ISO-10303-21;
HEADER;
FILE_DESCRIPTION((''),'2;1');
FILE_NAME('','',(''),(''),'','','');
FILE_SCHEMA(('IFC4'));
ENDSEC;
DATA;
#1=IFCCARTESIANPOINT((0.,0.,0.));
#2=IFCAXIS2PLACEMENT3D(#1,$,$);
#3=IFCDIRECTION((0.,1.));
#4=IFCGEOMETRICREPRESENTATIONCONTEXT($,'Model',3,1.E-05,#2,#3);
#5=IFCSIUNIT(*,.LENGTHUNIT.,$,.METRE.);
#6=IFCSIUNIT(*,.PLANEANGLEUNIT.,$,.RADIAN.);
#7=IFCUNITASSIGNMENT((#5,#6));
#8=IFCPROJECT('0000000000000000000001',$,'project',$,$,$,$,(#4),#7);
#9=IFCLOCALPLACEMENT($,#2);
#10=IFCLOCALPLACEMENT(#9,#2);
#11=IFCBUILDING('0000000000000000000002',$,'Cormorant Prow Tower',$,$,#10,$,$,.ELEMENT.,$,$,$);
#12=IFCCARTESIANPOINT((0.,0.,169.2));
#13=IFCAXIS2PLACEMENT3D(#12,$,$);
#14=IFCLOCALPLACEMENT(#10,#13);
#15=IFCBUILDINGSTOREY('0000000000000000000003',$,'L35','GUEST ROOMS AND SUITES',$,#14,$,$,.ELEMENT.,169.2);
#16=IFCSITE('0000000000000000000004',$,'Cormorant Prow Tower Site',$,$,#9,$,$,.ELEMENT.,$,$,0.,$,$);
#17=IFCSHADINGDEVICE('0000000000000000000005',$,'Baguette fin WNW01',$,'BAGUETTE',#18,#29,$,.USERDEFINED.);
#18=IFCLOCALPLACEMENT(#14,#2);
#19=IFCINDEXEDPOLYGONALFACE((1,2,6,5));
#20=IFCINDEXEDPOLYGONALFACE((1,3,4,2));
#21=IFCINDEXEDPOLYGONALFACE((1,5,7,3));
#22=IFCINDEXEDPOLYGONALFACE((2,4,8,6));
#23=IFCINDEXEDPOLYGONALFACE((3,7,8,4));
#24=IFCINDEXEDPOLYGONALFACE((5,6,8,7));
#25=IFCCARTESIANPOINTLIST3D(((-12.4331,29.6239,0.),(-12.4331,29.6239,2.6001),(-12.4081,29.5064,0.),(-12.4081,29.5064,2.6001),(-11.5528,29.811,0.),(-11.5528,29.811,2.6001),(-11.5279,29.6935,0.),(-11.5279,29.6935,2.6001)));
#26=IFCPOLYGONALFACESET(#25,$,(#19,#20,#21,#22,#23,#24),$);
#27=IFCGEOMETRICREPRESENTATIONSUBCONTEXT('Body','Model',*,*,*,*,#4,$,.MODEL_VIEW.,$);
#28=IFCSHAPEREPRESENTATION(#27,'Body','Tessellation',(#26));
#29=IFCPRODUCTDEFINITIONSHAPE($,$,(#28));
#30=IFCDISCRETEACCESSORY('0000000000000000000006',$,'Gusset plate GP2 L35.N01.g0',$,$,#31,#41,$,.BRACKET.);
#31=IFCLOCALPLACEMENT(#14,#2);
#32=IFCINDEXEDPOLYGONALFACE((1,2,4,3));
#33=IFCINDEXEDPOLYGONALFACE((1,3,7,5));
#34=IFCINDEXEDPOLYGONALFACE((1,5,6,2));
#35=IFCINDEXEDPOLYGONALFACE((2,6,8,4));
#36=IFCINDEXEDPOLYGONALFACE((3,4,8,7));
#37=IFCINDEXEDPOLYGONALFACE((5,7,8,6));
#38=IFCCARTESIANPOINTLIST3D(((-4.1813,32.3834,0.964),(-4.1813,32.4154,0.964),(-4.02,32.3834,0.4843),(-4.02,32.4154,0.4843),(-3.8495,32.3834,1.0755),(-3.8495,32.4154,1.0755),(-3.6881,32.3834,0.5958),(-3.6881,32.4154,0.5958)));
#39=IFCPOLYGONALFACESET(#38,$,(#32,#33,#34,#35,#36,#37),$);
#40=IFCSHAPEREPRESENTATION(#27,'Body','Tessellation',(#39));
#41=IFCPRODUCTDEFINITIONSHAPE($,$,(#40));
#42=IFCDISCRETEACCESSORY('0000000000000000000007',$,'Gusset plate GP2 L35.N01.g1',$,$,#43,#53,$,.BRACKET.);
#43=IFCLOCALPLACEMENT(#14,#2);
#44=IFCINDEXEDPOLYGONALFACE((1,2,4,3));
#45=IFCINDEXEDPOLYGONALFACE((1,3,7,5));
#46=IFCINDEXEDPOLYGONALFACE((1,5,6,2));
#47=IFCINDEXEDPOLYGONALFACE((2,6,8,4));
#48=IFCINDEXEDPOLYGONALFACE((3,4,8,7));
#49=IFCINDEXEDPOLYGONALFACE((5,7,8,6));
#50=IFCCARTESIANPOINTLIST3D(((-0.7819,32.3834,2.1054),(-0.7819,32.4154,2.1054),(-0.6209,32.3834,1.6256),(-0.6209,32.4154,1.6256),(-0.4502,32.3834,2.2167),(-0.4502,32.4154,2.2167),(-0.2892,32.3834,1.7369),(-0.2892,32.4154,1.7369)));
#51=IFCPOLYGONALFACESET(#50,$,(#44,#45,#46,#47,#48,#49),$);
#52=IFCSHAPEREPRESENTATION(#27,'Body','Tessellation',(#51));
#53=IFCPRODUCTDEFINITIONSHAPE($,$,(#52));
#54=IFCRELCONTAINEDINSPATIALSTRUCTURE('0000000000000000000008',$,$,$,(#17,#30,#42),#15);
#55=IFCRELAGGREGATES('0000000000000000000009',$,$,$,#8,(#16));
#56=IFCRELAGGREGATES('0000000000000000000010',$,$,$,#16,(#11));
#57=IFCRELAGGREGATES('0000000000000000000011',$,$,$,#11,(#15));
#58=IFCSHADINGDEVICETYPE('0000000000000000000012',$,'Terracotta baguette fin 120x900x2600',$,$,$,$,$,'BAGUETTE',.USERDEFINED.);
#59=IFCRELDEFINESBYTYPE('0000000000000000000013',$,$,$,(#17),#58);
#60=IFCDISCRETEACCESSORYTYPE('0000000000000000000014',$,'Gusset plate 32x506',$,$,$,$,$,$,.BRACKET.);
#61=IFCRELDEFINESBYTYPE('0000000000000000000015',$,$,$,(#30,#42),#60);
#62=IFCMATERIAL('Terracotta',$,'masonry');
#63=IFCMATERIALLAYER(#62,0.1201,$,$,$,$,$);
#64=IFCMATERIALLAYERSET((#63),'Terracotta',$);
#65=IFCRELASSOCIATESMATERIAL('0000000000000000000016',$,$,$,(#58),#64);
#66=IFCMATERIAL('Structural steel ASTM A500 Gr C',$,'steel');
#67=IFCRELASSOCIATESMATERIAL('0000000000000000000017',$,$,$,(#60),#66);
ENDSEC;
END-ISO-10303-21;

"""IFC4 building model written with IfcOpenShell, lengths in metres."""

from ifc_helpers import new_model, si_unit, direction, frame, origin, origin_2d, place, context, subcontext, project, spatial, rectangle, extrude, material, layer, layer_set, material_profile, profile_set, type_object, element, save


model = new_model("IFC4")

# Units and contexts
model_context = context("Model", 3, precision=1e-05, world=origin(), true_north=direction((0.0, 1.0)))
body_context = subcontext(model_context, "Body", "Model", "MODEL_VIEW")
ifc_project = project(units=[si_unit("LENGTHUNIT", "METRE"), si_unit("PLANEANGLEUNIT", "RADIAN")], contexts=[model_context])

# Site, building, storey
site_placement = place(None, origin())
site = spatial("IfcSite", under=ifc_project, at=site_placement, Name="Cormorant Prow Tower Site", CompositionType="ELEMENT", RefElevation=0.0)
building_placement = place(site_placement, origin())
building = spatial("IfcBuilding", under=site, at=building_placement, Name="Cormorant Prow Tower", CompositionType="ELEMENT")
storey_placement = place(building_placement, frame((0.0, 0.0, 169.2)))
storey = spatial("IfcBuildingStorey", under=building, at=storey_placement, Name="L35", Description="GUEST ROOMS AND SUITES", CompositionType="ELEMENT", Elevation=169.2)

# Shading device
ifc_material_1 = material(Name="Terracotta", Category="masonry")
ifc_layer_1 = layer(ifc_material_1, 0.1201)
ifc_layer_set_1 = layer_set([ifc_layer_1], Name="Terracotta")
shading_device_type = type_object("IfcShadingDeviceType", Name="Terracotta baguette fin 120x900x2600", ElementType="BAGUETTE", PredefinedType="USERDEFINED", material=ifc_layer_set_1)
shading_device_placement = place(storey_placement, frame((-11.9805, 29.6587, 0.0), z_axis=(0.0, 0.0, 1.0), x_axis=(0.207912, -0.978148, 0.0)))
element("IfcShadingDevice", 1, at=shading_device_placement, inside=storey, type_object=shading_device_type, Name="Baguette fin WNW01", ObjectType="BAGUETTE", PredefinedType="USERDEFINED", context=body_context, shape_type="SweptSolid", body=[
    extrude(rectangle(XDim=0.1201, YDim=0.8999, at=origin_2d()), origin(), (0.0, 0.0, 1.0), 2.6001),
])

# Discrete accessories
ifc_material_2 = material(Name="Structural steel ASTM A500 Gr C", Category="steel")
ifc_material_profile_1 = material_profile(ifc_material_2, rectangle(XDim=0.032, YDim=0.5061, at=origin_2d()), Name="Gusset plate 32x506")
ifc_profile_set_1 = profile_set([ifc_material_profile_1], Name="Structural steel ASTM A500 Gr C")
discrete_accessory_type = type_object("IfcDiscreteAccessoryType", Name="Gusset plate 32x506", PredefinedType="BRACKET", material=ifc_profile_set_1)
discrete_accessory_1_placement = place(storey_placement, frame((-3.7688, 32.3994, 0.8357), z_axis=(-0.947843, 0.0, -0.318738), x_axis=(0.0, -1.0, 0.0)))
element("IfcDiscreteAccessory", 2, at=discrete_accessory_1_placement, inside=storey, type_object=discrete_accessory_type, Name="Gusset plate GP2 L35.N01.g0", PredefinedType="BRACKET", context=body_context, shape_type="SweptSolid", body=[
    extrude(rectangle(XDim=0.032, YDim=0.5061, at=origin_2d()), origin(), (0.0, 0.0, 1.0), 0.3501),
])
discrete_accessory_2_placement = place(storey_placement, frame((-0.7014, 32.3994, 1.8655), z_axis=(0.948054, 0.0, 0.318111), x_axis=(0.0, 1.0, 0.0)))
element("IfcDiscreteAccessory", 3, at=discrete_accessory_2_placement, inside=storey, type_object=discrete_accessory_type, Name="Gusset plate GP2 L35.N01.g1", PredefinedType="BRACKET", context=body_context, shape_type="SweptSolid", body=[
    extrude(rectangle(XDim=0.032, YDim=0.5061, at=origin_2d()), origin(), (0.0, 0.0, 1.0), 0.3499),
])

save(model, "model.ifc")
